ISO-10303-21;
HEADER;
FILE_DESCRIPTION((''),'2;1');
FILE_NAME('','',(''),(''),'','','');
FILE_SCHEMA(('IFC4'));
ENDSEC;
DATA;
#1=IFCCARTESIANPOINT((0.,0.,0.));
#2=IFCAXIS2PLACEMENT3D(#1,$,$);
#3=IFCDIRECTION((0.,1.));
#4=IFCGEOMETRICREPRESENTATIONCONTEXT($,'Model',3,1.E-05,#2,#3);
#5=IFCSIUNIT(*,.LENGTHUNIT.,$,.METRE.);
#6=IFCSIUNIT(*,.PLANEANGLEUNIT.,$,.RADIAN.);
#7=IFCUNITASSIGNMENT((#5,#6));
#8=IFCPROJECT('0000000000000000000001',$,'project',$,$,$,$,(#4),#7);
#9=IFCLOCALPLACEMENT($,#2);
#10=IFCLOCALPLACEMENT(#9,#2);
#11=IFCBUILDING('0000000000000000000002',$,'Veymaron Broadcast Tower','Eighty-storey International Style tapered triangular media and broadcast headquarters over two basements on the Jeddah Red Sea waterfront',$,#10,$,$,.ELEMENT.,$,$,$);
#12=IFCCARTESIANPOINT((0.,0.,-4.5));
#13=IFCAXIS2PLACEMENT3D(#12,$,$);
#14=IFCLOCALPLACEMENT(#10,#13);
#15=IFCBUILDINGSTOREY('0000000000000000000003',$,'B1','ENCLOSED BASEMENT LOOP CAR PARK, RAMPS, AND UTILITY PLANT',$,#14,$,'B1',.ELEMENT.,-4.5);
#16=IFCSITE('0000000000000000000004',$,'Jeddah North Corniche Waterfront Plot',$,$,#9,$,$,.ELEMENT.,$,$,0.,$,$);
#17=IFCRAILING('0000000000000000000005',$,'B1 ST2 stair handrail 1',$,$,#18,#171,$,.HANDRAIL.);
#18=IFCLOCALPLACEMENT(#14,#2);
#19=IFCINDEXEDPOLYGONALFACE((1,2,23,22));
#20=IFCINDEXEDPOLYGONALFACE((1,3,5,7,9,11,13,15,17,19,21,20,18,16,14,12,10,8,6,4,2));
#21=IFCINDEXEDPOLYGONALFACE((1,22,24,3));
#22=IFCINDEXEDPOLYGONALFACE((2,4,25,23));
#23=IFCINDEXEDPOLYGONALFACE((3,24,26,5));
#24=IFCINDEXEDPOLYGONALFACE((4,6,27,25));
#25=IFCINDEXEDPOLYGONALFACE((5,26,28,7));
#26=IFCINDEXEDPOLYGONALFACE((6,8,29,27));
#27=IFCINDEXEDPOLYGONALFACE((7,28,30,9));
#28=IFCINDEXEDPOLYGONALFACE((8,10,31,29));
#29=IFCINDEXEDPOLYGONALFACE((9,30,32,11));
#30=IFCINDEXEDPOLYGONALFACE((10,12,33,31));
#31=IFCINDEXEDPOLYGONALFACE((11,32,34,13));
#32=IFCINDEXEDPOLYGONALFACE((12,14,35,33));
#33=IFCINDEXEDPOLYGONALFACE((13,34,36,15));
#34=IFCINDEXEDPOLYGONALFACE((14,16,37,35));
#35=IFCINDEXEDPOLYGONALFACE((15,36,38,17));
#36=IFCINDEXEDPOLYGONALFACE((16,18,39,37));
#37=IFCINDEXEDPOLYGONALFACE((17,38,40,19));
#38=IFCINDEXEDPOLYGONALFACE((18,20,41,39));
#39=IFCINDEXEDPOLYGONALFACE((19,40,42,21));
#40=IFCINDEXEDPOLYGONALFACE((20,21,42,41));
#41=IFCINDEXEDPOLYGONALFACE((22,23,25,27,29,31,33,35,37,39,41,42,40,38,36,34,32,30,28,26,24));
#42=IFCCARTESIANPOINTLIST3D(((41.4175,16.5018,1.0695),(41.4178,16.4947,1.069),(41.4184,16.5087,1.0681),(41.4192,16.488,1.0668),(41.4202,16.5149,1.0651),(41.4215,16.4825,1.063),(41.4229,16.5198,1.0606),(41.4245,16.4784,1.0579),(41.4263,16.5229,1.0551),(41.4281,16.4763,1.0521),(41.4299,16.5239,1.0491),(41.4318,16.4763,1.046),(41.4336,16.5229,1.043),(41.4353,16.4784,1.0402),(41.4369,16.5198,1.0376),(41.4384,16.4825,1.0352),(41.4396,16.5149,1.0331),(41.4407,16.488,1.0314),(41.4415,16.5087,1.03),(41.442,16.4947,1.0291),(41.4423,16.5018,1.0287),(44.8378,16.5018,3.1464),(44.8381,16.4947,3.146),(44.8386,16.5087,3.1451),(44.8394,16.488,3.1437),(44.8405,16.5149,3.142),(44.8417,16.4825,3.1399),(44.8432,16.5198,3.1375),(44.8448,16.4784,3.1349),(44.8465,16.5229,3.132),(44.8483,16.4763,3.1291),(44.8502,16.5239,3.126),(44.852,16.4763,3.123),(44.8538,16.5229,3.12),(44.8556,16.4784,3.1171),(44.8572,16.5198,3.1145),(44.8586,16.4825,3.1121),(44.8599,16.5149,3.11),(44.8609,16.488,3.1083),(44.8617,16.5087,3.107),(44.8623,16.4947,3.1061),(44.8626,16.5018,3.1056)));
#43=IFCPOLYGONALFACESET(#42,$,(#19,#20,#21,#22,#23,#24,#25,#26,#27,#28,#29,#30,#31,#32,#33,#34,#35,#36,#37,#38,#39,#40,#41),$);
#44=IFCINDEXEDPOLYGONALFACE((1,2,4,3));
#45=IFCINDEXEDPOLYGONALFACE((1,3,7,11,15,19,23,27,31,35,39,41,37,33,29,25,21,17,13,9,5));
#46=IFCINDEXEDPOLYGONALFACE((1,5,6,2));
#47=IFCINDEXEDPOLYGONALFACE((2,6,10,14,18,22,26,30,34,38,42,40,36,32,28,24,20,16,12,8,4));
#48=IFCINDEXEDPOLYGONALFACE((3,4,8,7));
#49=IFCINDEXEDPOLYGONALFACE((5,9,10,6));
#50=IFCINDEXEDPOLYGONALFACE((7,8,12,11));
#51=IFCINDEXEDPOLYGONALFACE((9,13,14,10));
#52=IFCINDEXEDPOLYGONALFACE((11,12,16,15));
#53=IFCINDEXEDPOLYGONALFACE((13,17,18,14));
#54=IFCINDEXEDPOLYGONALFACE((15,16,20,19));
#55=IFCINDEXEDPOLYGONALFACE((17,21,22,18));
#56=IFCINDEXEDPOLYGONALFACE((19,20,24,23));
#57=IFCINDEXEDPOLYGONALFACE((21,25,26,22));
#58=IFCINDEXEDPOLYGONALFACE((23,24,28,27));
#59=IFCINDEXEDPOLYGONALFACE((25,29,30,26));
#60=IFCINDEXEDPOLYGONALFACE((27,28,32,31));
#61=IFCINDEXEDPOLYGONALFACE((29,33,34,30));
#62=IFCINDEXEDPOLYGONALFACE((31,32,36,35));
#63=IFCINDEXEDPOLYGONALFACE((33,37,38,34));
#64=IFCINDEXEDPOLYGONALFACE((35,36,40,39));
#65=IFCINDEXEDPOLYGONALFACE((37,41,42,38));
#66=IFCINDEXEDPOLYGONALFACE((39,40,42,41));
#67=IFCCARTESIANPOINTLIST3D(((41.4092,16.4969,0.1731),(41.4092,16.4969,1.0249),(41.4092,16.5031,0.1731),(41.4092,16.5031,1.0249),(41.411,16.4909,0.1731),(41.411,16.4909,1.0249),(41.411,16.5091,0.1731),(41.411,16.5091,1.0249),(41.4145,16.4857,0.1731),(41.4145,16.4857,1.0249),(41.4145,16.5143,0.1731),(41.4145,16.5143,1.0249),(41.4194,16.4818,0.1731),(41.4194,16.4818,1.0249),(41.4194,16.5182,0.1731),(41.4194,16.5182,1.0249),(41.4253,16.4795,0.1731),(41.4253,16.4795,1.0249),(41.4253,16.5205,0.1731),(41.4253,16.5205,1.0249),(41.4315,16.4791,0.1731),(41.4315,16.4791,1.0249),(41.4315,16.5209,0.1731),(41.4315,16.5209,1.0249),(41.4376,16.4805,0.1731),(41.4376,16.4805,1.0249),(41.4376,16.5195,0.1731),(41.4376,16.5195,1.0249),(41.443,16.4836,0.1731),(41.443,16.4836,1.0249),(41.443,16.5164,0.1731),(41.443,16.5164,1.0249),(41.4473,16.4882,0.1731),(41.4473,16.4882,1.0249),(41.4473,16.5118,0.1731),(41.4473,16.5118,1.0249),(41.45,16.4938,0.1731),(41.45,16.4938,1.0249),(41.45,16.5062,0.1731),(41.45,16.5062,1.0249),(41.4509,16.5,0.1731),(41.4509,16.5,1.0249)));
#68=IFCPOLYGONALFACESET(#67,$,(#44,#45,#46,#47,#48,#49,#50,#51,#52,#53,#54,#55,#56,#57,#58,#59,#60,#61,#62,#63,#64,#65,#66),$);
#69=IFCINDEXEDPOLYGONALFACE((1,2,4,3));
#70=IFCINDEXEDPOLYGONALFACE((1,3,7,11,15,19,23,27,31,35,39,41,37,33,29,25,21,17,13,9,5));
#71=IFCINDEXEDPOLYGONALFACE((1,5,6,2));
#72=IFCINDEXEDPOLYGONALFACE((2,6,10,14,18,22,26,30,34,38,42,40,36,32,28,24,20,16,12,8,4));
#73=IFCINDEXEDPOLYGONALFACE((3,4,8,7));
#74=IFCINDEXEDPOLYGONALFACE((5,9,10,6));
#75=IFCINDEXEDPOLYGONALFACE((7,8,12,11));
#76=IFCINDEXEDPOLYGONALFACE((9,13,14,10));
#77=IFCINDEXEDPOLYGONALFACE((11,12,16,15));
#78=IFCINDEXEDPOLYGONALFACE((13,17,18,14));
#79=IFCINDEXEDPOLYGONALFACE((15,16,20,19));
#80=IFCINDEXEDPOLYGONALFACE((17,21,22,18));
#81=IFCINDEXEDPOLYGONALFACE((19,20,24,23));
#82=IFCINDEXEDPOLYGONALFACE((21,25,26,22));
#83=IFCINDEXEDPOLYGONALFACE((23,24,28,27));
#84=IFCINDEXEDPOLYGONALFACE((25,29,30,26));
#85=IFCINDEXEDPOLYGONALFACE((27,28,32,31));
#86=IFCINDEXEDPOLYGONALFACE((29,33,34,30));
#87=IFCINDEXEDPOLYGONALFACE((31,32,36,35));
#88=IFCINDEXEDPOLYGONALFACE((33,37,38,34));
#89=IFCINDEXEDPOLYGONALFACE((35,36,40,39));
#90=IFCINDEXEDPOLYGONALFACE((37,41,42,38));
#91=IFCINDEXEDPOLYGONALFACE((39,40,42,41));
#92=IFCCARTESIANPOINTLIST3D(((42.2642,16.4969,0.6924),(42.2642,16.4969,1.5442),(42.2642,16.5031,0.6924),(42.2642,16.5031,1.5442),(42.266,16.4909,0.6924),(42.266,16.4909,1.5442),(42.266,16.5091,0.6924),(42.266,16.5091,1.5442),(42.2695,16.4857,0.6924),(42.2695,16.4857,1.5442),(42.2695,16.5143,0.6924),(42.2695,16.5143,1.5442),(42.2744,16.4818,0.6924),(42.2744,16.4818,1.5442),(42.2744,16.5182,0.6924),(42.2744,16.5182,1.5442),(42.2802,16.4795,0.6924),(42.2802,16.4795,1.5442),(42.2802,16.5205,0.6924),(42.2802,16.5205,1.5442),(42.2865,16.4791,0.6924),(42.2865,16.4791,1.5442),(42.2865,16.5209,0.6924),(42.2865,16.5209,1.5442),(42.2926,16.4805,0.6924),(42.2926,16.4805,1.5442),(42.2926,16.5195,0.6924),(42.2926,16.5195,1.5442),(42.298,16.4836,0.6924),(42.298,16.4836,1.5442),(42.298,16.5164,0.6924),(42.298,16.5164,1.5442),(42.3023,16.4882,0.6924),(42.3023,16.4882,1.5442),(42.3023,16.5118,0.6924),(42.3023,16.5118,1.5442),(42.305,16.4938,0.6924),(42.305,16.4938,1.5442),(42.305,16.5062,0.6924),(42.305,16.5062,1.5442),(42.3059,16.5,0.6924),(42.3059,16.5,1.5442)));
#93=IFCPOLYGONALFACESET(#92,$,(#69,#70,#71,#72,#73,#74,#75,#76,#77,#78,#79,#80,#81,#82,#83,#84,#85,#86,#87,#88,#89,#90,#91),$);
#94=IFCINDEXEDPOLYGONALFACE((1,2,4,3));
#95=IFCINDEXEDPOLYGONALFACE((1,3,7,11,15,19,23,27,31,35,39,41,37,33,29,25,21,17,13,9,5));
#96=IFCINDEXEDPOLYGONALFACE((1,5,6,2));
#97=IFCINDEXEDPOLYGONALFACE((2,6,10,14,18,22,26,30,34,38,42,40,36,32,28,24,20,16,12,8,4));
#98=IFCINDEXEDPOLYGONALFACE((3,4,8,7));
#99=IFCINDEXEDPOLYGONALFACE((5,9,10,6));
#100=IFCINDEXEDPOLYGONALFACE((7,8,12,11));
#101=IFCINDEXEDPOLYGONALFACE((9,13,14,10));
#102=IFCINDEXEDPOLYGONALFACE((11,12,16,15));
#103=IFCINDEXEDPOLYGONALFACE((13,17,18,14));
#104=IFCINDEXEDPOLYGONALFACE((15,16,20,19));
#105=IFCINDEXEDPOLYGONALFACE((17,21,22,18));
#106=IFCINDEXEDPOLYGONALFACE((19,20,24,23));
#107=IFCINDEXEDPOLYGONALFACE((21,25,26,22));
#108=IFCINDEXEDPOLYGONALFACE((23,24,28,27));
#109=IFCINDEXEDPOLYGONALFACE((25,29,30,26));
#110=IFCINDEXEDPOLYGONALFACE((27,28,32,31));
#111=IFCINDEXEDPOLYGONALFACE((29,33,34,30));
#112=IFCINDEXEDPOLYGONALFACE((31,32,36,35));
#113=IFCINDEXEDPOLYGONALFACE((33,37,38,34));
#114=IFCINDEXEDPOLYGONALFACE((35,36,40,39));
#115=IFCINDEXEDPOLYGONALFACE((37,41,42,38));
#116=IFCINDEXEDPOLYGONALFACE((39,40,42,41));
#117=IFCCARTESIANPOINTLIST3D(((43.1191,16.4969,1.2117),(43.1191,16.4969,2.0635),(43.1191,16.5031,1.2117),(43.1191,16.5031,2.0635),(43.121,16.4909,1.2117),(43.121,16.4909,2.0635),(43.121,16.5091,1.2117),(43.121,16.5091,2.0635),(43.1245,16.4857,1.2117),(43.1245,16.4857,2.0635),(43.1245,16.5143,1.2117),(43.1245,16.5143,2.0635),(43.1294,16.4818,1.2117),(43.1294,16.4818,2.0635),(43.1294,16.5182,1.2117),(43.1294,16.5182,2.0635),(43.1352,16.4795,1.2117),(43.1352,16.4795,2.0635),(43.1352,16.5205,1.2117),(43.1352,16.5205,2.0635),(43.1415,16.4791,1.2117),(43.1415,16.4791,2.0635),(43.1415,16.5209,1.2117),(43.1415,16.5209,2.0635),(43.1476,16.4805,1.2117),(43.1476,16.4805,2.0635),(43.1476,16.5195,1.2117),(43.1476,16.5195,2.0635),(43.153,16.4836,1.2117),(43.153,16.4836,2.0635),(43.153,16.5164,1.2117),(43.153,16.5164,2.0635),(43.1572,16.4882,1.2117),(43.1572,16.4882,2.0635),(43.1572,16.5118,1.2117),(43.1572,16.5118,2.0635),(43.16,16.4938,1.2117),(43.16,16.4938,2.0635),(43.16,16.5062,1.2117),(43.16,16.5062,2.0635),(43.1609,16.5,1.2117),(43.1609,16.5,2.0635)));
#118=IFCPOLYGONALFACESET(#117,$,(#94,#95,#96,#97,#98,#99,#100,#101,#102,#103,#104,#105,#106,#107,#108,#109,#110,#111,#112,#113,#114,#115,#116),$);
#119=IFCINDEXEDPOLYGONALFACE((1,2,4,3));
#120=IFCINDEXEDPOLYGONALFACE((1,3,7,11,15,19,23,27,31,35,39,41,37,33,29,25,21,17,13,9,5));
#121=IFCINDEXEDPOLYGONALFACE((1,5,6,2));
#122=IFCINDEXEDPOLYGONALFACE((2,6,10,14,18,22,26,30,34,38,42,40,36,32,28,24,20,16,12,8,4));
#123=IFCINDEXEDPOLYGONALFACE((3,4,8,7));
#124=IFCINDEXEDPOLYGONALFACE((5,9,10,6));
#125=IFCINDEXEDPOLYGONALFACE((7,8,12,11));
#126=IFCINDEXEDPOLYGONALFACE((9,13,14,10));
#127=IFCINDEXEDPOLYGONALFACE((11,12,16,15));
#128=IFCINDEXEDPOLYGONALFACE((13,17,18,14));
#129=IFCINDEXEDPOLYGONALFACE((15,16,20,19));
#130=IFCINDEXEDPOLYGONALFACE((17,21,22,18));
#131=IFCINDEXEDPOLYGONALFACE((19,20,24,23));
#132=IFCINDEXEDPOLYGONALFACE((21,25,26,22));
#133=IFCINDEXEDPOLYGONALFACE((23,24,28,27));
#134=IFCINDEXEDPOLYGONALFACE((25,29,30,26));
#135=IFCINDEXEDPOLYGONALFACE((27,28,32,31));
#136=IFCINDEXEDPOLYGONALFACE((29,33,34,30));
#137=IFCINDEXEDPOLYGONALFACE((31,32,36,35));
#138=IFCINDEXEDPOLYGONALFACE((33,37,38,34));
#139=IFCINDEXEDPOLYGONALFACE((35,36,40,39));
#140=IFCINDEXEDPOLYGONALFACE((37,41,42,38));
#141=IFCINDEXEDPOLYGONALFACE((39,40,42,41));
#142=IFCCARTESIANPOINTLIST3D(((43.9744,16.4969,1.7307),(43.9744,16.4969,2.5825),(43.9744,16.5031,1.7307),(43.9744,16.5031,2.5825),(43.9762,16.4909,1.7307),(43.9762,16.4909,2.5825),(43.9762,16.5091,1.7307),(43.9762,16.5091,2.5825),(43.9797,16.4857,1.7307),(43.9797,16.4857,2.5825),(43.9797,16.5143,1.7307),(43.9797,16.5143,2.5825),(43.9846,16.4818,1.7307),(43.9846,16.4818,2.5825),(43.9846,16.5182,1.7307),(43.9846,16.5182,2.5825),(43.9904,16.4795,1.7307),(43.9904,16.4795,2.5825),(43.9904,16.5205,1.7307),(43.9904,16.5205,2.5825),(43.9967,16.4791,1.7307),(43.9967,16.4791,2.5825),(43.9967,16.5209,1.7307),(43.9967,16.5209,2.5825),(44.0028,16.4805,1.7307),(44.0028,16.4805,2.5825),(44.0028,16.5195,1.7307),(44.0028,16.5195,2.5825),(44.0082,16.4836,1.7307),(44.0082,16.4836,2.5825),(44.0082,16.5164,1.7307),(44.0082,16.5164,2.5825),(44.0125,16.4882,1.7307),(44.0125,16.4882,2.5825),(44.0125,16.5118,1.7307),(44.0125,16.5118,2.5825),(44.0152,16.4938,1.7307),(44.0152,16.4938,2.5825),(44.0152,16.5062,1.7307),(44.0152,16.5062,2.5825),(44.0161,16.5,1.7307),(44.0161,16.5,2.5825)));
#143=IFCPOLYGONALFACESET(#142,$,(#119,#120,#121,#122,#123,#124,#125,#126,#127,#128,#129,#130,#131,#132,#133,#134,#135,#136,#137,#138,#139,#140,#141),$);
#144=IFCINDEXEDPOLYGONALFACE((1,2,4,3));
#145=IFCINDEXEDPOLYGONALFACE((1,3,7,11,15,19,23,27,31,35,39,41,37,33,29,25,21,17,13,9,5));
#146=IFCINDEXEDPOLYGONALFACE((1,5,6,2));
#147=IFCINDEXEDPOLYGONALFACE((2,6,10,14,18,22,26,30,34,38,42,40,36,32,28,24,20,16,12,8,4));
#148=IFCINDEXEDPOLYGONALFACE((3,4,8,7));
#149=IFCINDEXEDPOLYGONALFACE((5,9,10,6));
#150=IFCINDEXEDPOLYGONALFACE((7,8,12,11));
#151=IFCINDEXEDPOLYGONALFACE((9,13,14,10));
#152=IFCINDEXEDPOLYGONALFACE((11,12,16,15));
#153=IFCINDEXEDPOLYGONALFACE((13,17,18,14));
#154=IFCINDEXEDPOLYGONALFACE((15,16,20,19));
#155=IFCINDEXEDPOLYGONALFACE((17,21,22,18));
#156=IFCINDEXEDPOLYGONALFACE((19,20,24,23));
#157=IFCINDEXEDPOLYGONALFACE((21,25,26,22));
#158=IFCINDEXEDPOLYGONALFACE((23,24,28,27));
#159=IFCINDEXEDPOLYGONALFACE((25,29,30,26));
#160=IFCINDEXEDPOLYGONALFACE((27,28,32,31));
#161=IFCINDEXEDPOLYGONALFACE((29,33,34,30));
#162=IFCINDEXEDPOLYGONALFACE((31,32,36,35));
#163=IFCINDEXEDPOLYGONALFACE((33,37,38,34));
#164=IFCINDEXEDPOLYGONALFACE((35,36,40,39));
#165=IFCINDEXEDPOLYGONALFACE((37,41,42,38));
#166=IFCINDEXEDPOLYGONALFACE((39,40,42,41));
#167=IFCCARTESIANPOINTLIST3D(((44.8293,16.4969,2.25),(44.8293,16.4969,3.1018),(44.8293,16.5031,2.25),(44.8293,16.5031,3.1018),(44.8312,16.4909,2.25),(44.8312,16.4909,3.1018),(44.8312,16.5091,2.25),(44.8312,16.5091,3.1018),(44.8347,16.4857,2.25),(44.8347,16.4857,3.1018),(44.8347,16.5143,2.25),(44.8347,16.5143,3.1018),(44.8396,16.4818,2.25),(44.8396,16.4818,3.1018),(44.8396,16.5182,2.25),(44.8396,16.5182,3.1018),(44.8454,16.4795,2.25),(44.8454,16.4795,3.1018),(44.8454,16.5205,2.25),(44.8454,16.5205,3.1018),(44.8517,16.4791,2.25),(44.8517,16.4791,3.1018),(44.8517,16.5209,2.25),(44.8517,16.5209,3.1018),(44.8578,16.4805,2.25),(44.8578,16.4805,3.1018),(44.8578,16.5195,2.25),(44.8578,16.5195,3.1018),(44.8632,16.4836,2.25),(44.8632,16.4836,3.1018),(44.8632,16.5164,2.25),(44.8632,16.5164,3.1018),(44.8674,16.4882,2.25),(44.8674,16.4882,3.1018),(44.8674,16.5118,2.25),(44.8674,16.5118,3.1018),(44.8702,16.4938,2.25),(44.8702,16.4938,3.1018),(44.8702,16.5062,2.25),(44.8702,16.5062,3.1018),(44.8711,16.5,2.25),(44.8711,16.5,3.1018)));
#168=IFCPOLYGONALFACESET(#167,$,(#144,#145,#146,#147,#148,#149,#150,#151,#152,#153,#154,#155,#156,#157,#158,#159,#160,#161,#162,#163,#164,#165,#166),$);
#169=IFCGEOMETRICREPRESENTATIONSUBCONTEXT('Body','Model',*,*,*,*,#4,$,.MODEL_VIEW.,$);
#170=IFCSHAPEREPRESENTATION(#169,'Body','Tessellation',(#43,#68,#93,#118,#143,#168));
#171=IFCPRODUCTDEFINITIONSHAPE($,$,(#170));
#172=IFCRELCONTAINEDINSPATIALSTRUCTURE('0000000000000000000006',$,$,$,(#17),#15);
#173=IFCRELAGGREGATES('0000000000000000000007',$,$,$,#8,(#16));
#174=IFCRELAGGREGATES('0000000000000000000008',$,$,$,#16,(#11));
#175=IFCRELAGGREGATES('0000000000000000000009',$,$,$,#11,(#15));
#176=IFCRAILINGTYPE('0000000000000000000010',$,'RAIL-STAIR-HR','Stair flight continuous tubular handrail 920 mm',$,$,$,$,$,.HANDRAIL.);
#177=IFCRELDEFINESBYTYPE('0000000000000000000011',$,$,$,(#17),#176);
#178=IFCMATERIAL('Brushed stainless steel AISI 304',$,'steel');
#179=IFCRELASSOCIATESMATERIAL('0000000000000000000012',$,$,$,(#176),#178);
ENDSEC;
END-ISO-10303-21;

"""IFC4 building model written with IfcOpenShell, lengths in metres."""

from ifc_helpers import new_model, si_unit, direction, frame, origin, origin_2d, place, context, subcontext, project, spatial, circle, extrude, material, type_object, element, save


model = new_model("IFC4")

# Units and contexts
model_context = context("Model", 3, precision=1e-05, world=origin(), true_north=direction((0.0, 1.0)))
body_context = subcontext(model_context, "Body", "Model", "MODEL_VIEW")
ifc_project = project(units=[si_unit("LENGTHUNIT", "METRE"), si_unit("PLANEANGLEUNIT", "RADIAN")], contexts=[model_context])

# Site, building, storey
site_placement = place(None, origin())
site = spatial("IfcSite", under=ifc_project, at=site_placement, Name="Jeddah North Corniche Waterfront Plot", CompositionType="ELEMENT", RefElevation=0.0)
building_placement = place(site_placement, origin())
building = spatial("IfcBuilding", under=site, at=building_placement, Name="Veymaron Broadcast Tower", Description="Eighty-storey International Style tapered triangular media and broadcast headquarters over two basements on the Jeddah Red Sea waterfront", CompositionType="ELEMENT")
storey_placement = place(building_placement, frame((0.0, 0.0, -4.5)))
storey = spatial("IfcBuildingStorey", under=building, at=storey_placement, Name="B1", Description="ENCLOSED BASEMENT LOOP CAR PARK, RAMPS, AND UTILITY PLANT", LongName="B1", CompositionType="ELEMENT", Elevation=-4.5)

# Shared definitions
ifc_material_1 = material(Name="Brushed stainless steel AISI 304", Category="steel")

# Railing
railing_type_1 = type_object("IfcRailingType", Name="RAIL-STAIR-HR", Description="Stair flight continuous tubular handrail 920 mm", PredefinedType="HANDRAIL", material=ifc_material_1)
railing_1_placement = place(storey_placement, frame((41.4299, 16.5, 0.1731)))
element("IfcRailing", 1, at=railing_1_placement, inside=storey, type_object=railing_type_1, Name="B1 ST2 stair handrail 1", PredefinedType="HANDRAIL", context=body_context, shape_type="SweptSolid", body=[
    extrude(circle(Radius=0.0239, at=origin_2d()), frame((0.0, 0.0, 0.876), z_axis=(0.854746, 0.0, 0.519047), x_axis=(0.0, 1.0, 0.0)), (0.0, 0.0, 1.0), 4.0015),
    extrude(circle(Radius=0.021, at=origin_2d()), origin(), (0.0, 0.0, 1.0), 0.8518),
    extrude(circle(Radius=0.021, at=origin_2d()), frame((0.855, 0.0, 0.5193)), (0.0, 0.0, 1.0), 0.8518),
    extrude(circle(Radius=0.021, at=origin_2d()), frame((1.71, 0.0, 1.0386)), (0.0, 0.0, 1.0), 0.8518),
    extrude(circle(Radius=0.021, at=origin_2d()), frame((2.5652, 0.0, 1.5576)), (0.0, 0.0, 1.0), 0.8518),
    extrude(circle(Radius=0.021, at=origin_2d()), frame((3.4202, 0.0, 2.0769)), (0.0, 0.0, 1.0), 0.8518),
])

save(model, "model.ifc")
